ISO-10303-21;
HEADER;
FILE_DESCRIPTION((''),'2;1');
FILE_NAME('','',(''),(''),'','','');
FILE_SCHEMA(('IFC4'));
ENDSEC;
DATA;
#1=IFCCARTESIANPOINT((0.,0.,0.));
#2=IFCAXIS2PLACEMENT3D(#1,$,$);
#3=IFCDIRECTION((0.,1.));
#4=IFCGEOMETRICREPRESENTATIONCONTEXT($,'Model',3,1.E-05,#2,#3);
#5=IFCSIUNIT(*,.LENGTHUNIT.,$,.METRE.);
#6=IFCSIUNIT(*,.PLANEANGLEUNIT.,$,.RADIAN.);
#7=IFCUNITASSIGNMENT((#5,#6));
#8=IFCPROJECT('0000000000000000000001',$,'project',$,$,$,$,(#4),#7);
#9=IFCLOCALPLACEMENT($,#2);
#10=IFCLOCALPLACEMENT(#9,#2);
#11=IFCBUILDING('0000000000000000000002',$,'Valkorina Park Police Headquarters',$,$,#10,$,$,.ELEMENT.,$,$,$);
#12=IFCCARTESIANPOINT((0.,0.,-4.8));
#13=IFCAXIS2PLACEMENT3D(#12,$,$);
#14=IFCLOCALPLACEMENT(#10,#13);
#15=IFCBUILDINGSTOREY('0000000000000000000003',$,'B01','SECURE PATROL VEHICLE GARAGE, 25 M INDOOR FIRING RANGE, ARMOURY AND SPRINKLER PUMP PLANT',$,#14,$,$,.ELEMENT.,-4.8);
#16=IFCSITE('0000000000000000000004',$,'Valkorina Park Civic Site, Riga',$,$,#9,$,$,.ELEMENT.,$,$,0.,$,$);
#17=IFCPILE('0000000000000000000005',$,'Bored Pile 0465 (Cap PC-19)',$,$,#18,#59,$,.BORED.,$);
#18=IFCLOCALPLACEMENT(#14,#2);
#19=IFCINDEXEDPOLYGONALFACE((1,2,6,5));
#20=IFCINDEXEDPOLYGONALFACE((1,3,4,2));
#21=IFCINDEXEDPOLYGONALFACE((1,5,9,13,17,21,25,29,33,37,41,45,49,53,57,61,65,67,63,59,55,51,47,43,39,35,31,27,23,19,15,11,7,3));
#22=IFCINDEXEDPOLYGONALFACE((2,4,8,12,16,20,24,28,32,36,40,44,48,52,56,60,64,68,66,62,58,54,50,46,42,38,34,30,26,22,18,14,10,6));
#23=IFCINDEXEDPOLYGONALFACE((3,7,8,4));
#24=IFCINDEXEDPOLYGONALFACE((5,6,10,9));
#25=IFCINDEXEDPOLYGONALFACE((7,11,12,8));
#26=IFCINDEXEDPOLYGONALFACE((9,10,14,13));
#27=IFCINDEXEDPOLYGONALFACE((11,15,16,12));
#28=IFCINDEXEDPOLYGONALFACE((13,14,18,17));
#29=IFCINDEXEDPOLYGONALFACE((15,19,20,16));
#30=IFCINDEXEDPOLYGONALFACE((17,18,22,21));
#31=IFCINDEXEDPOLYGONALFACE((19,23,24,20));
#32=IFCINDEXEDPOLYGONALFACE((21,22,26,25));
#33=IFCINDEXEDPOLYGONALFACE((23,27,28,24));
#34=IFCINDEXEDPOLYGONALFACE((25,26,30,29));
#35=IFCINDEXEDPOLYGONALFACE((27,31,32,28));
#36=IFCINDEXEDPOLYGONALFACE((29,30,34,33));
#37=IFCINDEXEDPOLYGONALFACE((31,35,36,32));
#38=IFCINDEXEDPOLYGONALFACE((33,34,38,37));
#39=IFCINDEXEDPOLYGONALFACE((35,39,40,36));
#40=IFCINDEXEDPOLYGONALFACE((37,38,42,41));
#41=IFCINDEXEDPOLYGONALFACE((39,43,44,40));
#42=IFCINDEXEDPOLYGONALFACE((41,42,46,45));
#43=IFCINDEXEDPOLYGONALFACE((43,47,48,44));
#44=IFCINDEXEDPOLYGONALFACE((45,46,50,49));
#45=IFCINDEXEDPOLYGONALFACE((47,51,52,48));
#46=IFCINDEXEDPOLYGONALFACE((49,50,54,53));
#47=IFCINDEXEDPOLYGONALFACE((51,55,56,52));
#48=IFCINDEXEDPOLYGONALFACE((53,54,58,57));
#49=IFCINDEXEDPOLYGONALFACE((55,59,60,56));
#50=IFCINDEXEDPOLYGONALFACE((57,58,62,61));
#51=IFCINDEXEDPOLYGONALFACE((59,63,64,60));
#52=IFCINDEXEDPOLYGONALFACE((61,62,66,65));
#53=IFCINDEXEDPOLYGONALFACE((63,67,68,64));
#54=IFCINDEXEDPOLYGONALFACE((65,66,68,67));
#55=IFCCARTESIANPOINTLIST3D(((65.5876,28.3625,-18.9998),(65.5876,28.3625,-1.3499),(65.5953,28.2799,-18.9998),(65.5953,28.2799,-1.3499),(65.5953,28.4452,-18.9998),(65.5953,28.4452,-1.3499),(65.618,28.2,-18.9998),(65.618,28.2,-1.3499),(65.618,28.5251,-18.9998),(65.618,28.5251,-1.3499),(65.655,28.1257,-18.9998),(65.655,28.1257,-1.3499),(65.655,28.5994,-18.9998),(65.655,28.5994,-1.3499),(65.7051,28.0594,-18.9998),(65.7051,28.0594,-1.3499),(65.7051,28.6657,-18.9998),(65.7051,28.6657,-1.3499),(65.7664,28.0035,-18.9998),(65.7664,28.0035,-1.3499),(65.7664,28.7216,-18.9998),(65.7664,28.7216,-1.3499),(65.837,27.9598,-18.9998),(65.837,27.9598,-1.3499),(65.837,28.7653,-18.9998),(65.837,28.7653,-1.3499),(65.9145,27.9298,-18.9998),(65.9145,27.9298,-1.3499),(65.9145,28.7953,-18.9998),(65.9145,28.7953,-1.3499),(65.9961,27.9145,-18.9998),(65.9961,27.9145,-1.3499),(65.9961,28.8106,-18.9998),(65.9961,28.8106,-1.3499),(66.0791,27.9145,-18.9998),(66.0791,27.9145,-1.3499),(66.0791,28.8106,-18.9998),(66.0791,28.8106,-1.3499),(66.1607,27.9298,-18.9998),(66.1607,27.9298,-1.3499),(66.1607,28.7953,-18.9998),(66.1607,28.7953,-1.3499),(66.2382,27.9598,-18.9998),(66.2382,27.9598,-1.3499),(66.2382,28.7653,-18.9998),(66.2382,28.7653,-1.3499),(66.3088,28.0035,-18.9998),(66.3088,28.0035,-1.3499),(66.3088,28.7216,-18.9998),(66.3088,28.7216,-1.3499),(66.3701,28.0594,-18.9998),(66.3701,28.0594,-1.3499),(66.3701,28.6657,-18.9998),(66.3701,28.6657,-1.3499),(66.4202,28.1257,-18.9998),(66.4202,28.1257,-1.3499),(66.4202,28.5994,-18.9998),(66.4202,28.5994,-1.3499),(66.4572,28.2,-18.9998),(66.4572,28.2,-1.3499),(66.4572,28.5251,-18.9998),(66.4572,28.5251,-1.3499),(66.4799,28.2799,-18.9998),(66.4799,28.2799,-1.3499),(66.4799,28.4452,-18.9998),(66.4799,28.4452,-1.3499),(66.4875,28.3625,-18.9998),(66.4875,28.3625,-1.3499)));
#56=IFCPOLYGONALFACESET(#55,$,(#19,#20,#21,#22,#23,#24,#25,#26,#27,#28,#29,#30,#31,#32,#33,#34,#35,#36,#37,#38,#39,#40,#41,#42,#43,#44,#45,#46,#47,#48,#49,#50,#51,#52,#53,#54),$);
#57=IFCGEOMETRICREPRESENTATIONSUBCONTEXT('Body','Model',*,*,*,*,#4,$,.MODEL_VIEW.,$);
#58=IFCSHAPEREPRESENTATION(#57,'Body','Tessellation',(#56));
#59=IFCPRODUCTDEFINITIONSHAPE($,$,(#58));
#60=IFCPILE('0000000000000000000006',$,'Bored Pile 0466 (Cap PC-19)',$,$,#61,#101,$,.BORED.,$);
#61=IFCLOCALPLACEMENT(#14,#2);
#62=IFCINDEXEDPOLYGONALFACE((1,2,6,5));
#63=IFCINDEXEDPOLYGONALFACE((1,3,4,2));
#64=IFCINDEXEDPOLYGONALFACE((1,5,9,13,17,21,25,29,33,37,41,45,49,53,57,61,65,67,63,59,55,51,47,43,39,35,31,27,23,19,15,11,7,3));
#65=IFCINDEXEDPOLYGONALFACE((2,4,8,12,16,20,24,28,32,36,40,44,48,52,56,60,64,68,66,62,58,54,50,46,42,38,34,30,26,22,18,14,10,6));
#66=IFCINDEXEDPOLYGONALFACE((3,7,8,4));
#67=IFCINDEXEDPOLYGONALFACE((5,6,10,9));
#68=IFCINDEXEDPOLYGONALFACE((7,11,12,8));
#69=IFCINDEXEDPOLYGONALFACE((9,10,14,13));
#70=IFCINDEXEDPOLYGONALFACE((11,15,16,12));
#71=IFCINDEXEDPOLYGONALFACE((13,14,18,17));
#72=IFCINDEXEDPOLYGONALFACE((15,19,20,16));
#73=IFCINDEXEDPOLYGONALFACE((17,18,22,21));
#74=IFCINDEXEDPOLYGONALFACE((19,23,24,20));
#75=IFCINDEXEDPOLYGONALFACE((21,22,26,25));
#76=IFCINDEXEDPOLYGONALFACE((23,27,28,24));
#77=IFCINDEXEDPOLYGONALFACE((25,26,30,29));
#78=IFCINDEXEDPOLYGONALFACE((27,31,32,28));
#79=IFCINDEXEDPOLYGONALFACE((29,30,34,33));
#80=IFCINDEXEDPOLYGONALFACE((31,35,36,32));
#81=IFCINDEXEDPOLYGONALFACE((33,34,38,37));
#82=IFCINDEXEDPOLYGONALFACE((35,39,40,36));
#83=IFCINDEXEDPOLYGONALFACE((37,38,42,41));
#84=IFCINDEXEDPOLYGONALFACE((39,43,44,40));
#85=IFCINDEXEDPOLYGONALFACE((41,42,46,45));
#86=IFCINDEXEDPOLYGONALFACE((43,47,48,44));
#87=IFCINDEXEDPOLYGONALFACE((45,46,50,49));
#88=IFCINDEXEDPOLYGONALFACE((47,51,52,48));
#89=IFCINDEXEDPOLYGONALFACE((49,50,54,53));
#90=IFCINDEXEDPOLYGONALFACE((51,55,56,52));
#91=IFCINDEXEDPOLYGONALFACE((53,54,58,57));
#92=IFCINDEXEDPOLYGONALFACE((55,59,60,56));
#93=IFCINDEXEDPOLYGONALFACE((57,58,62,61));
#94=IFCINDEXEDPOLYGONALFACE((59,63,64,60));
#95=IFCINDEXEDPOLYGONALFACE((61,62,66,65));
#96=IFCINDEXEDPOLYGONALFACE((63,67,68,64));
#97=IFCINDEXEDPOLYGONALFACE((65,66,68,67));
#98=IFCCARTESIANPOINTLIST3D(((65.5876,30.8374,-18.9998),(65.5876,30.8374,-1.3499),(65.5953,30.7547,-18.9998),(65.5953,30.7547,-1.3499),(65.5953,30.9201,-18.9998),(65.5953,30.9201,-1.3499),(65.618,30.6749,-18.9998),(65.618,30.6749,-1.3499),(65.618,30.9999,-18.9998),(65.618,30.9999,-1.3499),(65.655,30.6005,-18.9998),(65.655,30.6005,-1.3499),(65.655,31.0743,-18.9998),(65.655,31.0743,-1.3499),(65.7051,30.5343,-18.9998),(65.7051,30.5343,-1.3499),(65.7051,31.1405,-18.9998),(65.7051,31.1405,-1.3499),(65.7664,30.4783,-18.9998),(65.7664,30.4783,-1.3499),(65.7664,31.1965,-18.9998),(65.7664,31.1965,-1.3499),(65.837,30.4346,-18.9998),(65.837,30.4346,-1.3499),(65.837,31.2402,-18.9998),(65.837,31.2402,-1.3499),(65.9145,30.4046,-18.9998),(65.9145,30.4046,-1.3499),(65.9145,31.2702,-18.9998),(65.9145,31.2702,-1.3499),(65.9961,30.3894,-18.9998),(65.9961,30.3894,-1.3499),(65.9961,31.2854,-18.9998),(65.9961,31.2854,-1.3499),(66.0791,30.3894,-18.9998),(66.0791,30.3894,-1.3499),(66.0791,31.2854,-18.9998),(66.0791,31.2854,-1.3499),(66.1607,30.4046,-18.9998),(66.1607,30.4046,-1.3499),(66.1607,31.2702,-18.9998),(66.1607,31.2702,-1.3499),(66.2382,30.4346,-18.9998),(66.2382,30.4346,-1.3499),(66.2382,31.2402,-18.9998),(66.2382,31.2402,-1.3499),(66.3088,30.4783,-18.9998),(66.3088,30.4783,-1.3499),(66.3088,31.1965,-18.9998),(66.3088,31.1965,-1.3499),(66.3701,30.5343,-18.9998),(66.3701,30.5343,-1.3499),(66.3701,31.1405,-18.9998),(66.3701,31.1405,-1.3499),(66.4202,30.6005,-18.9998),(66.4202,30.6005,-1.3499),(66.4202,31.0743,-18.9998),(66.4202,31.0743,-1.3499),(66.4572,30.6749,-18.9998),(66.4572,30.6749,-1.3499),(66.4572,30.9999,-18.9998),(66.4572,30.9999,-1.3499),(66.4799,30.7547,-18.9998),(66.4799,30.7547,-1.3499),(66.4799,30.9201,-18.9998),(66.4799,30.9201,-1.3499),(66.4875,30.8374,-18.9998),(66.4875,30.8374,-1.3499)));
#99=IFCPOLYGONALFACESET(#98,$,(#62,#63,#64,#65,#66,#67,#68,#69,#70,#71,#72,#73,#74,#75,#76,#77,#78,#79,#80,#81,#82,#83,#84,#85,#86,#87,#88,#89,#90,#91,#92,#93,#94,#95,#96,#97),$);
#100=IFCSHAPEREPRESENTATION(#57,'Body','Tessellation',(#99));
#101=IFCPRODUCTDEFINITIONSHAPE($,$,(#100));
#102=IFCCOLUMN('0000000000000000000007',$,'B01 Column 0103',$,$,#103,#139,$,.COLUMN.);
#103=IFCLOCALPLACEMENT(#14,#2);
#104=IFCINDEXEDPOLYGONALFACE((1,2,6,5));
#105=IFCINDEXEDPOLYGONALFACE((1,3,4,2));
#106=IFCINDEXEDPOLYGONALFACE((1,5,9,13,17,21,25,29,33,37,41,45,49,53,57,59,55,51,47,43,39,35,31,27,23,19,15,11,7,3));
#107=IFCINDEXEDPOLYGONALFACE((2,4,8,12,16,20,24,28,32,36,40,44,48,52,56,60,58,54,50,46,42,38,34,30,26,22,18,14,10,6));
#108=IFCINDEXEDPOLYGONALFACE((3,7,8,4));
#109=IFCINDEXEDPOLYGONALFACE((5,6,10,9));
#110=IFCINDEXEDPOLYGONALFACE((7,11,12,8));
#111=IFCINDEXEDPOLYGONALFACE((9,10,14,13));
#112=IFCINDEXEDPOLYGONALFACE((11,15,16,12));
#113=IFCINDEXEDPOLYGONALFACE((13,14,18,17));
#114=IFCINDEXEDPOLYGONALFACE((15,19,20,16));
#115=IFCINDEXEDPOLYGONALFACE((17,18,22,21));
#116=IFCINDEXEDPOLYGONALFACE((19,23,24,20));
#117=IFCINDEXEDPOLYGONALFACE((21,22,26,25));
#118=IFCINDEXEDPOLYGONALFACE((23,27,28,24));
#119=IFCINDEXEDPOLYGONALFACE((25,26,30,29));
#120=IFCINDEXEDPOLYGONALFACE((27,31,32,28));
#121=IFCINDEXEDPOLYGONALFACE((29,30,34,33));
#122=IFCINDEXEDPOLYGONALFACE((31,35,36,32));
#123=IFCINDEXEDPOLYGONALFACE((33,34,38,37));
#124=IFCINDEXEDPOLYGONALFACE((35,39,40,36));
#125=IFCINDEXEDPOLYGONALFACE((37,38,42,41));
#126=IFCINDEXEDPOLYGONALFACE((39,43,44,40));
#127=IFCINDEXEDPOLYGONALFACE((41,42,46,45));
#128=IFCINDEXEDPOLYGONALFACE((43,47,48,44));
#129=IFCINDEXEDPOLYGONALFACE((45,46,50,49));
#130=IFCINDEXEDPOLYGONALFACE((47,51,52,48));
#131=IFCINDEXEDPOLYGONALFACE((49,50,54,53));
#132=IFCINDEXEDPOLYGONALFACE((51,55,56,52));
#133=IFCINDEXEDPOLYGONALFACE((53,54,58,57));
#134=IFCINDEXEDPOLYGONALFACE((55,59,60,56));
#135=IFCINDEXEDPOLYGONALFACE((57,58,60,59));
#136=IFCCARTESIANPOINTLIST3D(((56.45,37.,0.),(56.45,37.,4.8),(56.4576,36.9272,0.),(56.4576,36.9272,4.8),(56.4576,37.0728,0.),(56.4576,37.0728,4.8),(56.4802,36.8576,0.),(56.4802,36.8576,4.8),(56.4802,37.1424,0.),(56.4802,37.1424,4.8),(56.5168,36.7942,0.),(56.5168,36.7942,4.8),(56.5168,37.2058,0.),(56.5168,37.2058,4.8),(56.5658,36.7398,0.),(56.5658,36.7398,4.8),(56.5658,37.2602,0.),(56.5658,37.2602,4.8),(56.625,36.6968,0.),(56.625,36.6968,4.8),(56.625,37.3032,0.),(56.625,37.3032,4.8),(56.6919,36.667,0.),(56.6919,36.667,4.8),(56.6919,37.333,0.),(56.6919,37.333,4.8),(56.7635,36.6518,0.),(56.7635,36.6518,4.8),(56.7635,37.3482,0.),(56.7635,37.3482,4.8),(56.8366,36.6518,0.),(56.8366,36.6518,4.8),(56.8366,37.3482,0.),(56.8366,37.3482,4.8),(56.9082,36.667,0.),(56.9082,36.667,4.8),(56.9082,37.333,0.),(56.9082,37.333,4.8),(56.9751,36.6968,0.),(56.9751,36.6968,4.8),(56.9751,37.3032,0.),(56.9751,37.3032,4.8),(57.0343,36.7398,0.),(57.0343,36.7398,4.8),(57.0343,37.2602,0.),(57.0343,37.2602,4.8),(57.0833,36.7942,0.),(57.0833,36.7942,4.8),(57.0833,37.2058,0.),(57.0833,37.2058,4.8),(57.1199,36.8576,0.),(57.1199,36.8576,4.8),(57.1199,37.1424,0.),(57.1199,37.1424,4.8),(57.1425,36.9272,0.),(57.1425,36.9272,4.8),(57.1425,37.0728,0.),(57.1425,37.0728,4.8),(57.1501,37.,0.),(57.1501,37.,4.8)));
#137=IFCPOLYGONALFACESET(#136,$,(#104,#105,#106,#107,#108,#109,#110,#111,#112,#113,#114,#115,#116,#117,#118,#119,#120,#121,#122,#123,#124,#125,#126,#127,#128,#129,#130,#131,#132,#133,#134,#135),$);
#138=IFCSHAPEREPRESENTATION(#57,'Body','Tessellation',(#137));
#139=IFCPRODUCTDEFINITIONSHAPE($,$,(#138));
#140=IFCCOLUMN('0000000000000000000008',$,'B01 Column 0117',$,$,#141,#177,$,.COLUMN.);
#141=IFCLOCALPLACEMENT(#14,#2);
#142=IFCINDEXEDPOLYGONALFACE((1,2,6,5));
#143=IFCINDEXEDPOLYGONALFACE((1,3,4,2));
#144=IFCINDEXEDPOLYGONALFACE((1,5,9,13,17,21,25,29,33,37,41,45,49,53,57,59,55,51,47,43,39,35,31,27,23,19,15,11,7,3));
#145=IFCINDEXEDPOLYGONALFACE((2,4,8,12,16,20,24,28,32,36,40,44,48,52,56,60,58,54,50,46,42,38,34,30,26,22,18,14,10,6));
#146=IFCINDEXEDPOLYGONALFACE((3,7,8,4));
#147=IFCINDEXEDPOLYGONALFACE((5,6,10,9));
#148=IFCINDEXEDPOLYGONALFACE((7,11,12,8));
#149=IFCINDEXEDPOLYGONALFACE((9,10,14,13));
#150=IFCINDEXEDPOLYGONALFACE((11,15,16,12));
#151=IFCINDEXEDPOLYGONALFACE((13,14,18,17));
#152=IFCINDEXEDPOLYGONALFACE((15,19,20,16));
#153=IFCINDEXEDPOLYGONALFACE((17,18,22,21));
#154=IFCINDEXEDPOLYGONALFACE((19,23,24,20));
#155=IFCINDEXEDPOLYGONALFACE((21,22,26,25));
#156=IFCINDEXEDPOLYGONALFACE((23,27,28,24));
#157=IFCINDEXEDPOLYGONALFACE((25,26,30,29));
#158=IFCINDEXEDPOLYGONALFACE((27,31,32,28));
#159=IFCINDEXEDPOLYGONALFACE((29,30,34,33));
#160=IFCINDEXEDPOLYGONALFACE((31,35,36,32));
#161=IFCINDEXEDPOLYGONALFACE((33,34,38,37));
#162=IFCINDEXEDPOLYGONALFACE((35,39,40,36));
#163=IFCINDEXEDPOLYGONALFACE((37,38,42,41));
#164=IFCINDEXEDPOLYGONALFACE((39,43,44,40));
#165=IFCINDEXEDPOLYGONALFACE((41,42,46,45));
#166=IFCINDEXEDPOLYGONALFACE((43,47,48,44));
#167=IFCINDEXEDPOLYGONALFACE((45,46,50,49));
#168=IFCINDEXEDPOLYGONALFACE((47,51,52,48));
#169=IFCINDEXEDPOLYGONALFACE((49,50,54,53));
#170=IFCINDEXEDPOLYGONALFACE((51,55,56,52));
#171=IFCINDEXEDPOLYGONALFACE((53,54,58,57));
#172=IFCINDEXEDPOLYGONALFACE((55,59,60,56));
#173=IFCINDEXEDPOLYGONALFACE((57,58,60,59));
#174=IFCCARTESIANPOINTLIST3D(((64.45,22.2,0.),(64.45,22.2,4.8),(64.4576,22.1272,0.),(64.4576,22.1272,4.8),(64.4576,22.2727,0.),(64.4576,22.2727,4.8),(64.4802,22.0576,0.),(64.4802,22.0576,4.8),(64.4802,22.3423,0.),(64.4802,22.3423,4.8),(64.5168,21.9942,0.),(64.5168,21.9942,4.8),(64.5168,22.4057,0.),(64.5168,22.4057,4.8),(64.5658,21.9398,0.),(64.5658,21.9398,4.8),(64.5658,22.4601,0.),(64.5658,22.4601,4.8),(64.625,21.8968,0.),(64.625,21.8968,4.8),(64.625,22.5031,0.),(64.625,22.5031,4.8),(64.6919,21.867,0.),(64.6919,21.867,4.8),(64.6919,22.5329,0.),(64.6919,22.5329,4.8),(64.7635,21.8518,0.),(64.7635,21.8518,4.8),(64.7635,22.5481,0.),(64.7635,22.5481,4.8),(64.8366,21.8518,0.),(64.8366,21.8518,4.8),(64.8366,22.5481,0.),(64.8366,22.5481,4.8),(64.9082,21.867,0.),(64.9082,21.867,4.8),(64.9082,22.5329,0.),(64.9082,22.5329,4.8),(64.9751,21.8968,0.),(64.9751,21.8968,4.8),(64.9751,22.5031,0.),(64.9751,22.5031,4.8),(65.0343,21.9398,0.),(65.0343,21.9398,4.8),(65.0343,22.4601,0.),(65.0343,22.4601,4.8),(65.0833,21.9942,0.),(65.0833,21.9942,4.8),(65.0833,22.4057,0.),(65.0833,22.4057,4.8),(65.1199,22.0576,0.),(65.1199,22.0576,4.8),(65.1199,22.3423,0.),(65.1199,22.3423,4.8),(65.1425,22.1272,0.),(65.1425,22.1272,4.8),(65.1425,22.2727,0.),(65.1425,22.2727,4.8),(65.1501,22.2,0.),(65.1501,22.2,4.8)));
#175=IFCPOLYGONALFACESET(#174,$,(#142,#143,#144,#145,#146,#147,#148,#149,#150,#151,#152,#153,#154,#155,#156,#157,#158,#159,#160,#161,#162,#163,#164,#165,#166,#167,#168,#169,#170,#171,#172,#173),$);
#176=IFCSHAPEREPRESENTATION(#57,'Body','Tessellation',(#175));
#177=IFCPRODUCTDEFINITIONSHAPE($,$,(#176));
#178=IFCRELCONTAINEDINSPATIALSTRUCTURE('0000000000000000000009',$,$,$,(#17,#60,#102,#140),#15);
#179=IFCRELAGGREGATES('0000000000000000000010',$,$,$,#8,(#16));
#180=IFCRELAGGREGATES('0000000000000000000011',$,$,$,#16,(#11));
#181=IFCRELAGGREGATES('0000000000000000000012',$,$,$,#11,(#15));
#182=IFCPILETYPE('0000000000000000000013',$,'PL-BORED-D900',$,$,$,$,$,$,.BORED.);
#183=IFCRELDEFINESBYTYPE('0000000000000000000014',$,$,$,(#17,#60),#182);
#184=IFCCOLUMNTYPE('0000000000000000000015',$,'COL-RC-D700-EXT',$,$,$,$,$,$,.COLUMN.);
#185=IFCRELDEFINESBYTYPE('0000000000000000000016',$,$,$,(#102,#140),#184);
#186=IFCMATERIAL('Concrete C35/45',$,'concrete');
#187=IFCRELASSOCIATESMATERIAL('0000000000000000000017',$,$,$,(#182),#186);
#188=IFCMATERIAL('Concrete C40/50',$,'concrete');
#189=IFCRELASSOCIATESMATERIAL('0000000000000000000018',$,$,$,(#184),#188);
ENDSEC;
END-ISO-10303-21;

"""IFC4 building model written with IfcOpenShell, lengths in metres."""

from ifc_helpers import new_model, si_unit, direction, frame, origin, origin_2d, place, context, subcontext, project, spatial, circle, extrude, material, material_profile, profile_set, type_object, element, save


model = new_model("IFC4")

# Units and contexts
model_context = context("Model", 3, precision=1e-05, world=origin(), true_north=direction((0.0, 1.0)))
body_context = subcontext(model_context, "Body", "Model", "MODEL_VIEW")
ifc_project = project(units=[si_unit("LENGTHUNIT", "METRE"), si_unit("PLANEANGLEUNIT", "RADIAN")], contexts=[model_context])

# Site, building, storey
site_placement = place(None, origin())
site = spatial("IfcSite", under=ifc_project, at=site_placement, Name="Valkorina Park Civic Site, Riga", CompositionType="ELEMENT", RefElevation=0.0)
building_placement = place(site_placement, origin())
building = spatial("IfcBuilding", under=site, at=building_placement, Name="Valkorina Park Police Headquarters", CompositionType="ELEMENT")
storey_placement = place(building_placement, frame((0.0, 0.0, -4.8)))
storey = spatial("IfcBuildingStorey", under=building, at=storey_placement, Name="B01", Description="SECURE PATROL VEHICLE GARAGE, 25 M INDOOR FIRING RANGE, ARMOURY AND SPRINKLER PUMP PLANT", CompositionType="ELEMENT", Elevation=-4.8)

# Shared definitions
ifc_material_1 = material(Name="Concrete C40/50", Category="concrete")

# Piles
ifc_material_2 = material(Name="Concrete C35/45", Category="concrete")
ifc_material_profile_1 = material_profile(ifc_material_2, circle(Radius=0.45, at=origin_2d()), Name="BORED PILE D900")
ifc_profile_set_1 = profile_set([ifc_material_profile_1], Name="Concrete C35/45")
pile_type = type_object("IfcPileType", Name="PL-BORED-D900", PredefinedType="BORED", material=ifc_profile_set_1)
for number, where, z_axis, x_axis, name in (
    (1, (66.0376, 28.3625, -1.3499), (0.0, 0.0, -1.0), (1.0, 0.0, 0.0), "Bored Pile 0465 (Cap PC-19)"),
    (2, (66.0376, 30.8374, -1.3499), (0.0, 0.0, -1.0), (1.0, 0.0, 0.0), "Bored Pile 0466 (Cap PC-19)"),
):
    element("IfcPile", number, at=place(storey_placement, frame(where, z_axis=z_axis, x_axis=x_axis)), inside=storey, type_object=pile_type, Name=name, PredefinedType="BORED", context=body_context, shape_type="SweptSolid", body=[
        extrude(circle(Radius=0.45, at=origin_2d()), origin(), (0.0, 0.0, 1.0), 17.6499),
    ])

# Columns
ifc_material_profile_2 = material_profile(ifc_material_1, circle(Radius=0.3501, at=origin_2d()), Name="RC COL D700")
ifc_profile_set_2 = profile_set([ifc_material_profile_2], Name="Concrete C40/50")
column_type = type_object("IfcColumnType", Name="COL-RC-D700-EXT", PredefinedType="COLUMN", material=ifc_profile_set_2)
for number, where, z_axis, x_axis, name in (
    (3, (56.8, 37.0, 0.0), (0.0, 0.0, 1.0), (1.0, 0.0, 0.0), "B01 Column 0103"),
    (4, (64.8, 22.2, 0.0), (0.0, 0.0, 1.0), (1.0, 0.0, 0.0), "B01 Column 0117"),
):
    element("IfcColumn", number, at=place(storey_placement, frame(where, z_axis=z_axis, x_axis=x_axis)), inside=storey, type_object=column_type, Name=name, PredefinedType="COLUMN", context=body_context, shape_type="SweptSolid", body=[
        extrude(circle(Radius=0.3501, at=origin_2d()), origin(), (0.0, 0.0, 1.0), 4.8),
    ])

save(model, "model.ifc")
